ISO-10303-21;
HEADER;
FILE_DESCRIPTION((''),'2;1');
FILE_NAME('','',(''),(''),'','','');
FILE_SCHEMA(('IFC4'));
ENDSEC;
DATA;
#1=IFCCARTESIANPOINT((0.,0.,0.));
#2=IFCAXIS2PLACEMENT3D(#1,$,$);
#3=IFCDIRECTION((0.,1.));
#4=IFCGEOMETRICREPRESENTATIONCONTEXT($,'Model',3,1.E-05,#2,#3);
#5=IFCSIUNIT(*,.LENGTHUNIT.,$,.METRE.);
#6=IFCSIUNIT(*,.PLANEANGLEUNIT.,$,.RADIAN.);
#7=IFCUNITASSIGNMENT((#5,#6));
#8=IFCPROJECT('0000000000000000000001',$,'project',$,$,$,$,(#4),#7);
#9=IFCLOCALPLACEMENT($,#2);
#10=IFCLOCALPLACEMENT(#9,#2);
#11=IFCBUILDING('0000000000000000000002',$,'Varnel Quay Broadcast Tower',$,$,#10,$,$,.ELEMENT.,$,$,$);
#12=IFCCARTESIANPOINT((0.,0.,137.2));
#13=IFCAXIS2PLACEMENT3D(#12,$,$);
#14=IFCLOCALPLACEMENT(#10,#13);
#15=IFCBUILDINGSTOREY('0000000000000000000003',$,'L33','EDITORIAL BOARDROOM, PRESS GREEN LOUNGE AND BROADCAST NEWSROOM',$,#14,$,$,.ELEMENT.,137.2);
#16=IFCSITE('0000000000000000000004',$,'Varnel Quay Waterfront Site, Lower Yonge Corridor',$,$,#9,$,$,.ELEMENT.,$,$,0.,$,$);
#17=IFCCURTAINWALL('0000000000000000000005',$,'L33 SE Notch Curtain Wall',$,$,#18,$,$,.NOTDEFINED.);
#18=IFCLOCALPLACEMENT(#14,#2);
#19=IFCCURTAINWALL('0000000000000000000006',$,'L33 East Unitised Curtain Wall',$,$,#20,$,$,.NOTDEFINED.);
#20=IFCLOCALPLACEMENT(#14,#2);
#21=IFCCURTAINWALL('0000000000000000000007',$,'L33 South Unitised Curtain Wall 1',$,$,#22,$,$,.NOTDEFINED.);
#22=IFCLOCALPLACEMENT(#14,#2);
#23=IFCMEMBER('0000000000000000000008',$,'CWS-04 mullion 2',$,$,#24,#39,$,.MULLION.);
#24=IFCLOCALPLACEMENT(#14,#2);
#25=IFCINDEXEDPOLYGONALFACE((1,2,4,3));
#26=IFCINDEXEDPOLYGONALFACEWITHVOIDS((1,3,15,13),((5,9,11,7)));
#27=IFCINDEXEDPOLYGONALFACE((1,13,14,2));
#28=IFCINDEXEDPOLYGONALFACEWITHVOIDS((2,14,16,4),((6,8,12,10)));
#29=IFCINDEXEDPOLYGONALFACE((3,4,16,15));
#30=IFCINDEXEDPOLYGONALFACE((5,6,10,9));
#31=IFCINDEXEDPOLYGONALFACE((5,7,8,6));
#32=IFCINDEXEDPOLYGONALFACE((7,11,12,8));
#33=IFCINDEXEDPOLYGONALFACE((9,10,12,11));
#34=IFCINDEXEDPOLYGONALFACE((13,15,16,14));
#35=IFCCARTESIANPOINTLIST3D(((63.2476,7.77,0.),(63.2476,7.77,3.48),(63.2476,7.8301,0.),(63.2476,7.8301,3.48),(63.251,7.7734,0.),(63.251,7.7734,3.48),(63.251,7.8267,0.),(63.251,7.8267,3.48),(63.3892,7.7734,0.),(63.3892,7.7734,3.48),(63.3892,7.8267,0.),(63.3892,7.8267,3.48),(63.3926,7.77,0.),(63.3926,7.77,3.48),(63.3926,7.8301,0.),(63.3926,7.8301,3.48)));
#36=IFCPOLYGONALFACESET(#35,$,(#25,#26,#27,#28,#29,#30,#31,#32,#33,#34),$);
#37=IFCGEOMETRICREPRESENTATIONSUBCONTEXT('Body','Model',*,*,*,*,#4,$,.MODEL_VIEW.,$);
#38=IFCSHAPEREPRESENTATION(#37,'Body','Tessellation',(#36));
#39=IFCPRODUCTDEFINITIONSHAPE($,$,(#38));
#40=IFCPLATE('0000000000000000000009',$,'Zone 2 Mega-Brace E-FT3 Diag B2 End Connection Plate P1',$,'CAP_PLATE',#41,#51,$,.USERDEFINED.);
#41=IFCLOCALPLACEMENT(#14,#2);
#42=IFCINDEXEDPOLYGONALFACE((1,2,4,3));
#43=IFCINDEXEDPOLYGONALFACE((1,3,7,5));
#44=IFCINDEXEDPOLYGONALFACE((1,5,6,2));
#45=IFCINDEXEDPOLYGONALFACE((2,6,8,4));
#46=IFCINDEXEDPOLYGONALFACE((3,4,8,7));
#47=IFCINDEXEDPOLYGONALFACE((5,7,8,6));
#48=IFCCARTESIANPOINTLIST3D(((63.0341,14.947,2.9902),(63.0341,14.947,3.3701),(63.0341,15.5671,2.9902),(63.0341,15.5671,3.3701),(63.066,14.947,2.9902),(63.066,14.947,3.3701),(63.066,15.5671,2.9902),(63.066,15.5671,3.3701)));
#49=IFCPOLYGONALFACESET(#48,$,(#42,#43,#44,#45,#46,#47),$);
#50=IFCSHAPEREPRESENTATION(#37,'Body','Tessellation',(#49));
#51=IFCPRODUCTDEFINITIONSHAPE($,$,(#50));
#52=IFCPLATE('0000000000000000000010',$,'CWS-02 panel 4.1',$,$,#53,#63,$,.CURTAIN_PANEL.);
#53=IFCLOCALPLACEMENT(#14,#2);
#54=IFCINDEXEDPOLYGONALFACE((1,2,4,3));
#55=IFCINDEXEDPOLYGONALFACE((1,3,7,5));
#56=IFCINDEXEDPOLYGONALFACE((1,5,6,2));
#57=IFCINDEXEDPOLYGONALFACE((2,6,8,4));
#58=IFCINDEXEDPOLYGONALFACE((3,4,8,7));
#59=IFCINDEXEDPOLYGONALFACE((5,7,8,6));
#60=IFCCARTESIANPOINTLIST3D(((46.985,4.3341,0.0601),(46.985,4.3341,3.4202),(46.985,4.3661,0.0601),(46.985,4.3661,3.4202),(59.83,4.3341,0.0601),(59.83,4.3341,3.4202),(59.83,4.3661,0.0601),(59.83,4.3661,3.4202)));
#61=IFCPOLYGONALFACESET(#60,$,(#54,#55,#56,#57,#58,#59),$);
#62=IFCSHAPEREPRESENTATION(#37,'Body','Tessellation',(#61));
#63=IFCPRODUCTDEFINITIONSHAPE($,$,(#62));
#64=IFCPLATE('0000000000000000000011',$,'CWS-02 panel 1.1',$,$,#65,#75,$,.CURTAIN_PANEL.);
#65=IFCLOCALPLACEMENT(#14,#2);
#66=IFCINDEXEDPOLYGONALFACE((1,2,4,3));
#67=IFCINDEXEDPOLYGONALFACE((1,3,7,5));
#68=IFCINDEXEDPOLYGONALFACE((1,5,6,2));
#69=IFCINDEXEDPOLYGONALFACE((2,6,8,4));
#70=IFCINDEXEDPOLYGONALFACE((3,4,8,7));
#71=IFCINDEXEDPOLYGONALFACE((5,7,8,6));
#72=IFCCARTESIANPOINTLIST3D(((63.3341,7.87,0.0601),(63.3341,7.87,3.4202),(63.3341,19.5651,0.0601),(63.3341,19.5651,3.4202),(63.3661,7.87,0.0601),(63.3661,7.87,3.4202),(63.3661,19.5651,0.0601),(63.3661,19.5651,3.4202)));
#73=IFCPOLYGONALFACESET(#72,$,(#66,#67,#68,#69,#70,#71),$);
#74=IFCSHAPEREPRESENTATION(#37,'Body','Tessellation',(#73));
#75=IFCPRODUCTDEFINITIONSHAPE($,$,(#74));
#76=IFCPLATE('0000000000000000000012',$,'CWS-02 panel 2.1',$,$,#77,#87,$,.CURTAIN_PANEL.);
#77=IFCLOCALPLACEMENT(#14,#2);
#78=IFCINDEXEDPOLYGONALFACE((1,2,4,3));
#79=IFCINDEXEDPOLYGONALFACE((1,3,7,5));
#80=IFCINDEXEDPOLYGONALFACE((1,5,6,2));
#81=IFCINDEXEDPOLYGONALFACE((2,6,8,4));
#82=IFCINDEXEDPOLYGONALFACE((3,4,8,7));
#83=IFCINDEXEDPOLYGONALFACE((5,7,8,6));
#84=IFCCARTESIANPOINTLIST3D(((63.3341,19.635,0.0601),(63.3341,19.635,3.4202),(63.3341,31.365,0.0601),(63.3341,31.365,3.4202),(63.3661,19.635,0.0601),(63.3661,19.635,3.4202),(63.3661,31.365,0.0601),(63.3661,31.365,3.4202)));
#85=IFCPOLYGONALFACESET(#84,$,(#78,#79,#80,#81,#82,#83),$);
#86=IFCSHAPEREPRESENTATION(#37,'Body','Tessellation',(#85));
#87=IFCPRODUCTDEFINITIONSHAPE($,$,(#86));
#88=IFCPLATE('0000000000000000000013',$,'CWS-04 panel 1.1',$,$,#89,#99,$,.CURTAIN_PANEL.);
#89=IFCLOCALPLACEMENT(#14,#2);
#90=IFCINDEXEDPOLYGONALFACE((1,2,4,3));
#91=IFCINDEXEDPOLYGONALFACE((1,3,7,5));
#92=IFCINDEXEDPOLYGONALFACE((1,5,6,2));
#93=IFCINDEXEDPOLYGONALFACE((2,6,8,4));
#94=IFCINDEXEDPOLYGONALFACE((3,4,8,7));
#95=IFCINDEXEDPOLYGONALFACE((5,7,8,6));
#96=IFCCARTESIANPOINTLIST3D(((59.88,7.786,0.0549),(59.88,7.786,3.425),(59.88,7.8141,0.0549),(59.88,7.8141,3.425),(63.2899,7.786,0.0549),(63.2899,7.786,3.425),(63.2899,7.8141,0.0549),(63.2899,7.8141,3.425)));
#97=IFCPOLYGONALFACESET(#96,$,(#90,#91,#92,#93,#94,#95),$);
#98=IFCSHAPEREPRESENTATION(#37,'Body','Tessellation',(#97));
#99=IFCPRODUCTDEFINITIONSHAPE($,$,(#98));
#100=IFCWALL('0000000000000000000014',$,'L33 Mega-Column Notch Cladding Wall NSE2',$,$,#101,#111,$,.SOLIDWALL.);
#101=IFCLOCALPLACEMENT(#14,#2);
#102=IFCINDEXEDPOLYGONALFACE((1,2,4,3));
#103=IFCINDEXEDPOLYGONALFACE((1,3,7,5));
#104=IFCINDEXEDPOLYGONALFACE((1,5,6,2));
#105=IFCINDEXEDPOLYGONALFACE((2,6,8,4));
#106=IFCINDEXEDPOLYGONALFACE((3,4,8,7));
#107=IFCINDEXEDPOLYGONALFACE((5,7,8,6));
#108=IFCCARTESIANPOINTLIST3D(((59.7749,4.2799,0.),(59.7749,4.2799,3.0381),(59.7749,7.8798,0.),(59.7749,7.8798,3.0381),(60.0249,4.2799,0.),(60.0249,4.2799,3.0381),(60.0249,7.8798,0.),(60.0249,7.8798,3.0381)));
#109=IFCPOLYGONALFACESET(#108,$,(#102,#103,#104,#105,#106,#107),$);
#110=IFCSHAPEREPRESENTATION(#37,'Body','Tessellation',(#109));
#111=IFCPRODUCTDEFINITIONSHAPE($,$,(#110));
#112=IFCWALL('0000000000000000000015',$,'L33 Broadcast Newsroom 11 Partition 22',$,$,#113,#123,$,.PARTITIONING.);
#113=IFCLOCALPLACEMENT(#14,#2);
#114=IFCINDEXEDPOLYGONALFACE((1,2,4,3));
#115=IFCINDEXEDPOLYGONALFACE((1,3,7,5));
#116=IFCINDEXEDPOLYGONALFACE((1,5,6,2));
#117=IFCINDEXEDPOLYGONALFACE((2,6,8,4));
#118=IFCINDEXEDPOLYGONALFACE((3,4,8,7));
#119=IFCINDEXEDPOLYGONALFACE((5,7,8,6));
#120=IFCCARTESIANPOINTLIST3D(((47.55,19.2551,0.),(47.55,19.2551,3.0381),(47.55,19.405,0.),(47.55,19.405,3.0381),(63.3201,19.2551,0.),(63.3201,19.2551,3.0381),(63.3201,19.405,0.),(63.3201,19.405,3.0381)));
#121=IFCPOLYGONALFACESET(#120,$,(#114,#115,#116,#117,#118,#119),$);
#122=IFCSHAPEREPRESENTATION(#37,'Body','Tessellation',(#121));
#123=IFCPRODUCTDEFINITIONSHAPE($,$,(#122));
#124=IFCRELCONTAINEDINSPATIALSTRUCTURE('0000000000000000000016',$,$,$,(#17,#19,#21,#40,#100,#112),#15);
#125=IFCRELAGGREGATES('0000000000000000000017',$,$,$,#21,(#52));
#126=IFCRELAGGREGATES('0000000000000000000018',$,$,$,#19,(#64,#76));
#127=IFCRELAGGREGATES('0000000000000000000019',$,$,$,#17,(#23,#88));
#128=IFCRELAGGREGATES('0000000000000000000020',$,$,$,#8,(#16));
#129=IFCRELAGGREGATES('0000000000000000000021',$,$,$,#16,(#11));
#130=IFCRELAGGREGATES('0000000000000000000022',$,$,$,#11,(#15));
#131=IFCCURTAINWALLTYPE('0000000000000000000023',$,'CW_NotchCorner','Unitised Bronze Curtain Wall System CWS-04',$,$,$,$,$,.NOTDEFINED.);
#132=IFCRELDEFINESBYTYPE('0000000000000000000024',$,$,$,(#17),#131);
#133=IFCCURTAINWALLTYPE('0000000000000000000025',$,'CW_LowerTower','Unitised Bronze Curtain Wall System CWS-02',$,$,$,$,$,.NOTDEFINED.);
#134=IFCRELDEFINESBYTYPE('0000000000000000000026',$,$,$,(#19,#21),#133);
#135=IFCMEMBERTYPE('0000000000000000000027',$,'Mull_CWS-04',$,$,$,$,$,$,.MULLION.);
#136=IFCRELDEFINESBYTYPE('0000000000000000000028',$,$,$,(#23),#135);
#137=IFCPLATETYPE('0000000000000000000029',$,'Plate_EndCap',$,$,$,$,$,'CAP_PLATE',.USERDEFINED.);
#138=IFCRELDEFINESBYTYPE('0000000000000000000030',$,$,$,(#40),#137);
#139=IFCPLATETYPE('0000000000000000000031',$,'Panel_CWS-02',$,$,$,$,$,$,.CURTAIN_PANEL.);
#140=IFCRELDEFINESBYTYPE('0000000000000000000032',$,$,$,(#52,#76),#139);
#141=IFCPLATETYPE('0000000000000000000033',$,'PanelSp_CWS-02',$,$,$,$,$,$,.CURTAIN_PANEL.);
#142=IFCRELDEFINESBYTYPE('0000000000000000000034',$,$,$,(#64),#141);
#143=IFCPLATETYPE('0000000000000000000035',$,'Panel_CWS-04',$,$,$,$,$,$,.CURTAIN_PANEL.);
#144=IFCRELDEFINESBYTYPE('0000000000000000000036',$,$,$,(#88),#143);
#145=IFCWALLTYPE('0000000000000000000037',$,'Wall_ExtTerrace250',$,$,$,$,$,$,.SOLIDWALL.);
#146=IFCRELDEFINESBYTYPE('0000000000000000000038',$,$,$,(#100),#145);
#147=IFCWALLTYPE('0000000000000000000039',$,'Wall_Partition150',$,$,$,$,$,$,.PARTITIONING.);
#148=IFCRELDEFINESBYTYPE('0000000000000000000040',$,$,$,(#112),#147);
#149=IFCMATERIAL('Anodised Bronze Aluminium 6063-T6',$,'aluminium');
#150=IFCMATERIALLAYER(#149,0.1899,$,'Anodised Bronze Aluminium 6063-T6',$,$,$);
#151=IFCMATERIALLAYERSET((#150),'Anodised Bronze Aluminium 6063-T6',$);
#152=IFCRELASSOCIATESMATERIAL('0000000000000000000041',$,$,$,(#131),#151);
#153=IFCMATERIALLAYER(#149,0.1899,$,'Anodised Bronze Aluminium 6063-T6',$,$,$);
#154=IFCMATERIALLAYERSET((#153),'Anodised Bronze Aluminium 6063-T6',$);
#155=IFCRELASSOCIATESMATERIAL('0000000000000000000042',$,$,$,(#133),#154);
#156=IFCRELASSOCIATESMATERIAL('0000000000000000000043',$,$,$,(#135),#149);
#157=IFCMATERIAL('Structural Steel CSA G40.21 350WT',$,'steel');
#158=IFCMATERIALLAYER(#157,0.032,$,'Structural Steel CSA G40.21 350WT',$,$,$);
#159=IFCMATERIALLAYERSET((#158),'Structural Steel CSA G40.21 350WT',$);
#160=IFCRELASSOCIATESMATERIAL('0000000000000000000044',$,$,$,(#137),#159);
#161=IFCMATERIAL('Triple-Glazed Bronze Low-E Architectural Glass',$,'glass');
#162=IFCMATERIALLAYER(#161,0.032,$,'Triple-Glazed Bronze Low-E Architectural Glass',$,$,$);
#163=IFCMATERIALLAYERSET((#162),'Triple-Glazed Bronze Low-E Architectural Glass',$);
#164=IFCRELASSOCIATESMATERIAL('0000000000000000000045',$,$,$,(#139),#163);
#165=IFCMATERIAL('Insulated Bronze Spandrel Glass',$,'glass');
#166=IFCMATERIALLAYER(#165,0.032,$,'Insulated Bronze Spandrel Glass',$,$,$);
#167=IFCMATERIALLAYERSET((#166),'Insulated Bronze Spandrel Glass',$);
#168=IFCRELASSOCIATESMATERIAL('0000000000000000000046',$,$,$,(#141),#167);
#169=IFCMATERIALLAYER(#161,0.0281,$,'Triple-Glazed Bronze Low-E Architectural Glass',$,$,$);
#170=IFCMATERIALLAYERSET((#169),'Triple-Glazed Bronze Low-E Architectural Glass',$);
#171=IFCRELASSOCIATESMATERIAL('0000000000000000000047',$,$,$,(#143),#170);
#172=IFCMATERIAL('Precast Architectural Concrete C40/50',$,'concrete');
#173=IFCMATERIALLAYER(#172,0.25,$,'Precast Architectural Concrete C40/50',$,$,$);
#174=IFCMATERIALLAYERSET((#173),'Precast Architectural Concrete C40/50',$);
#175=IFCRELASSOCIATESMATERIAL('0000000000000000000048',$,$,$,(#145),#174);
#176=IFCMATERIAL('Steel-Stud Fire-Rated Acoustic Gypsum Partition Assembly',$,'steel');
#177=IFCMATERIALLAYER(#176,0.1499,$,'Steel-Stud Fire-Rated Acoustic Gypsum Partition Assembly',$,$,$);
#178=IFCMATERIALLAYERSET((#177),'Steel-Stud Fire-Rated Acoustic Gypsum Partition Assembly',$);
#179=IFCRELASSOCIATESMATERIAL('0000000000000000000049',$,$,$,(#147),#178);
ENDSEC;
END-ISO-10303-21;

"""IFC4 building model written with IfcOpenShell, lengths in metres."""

from ifc_helpers import new_model, si_unit, direction, frame, frame_2d, origin, origin_2d, place, context, subcontext, project, spatial, rectangle, hollow_rectangle, extrude, source, transform, mapped, material, layer, layer_set, material_profile, profile_set, type_object, type_shapes, element, aggregate, save


model = new_model("IFC4")

# Units and contexts
model_context = context("Model", 3, precision=1e-05, world=origin(), true_north=direction((0.0, 1.0)))
body_context = subcontext(model_context, "Body", "Model", "MODEL_VIEW")
ifc_project = project(units=[si_unit("LENGTHUNIT", "METRE"), si_unit("PLANEANGLEUNIT", "RADIAN")], contexts=[model_context])

# Site, building, storey
site_placement = place(None, origin())
site = spatial("IfcSite", under=ifc_project, at=site_placement, Name="Varnel Quay Waterfront Site, Lower Yonge Corridor", CompositionType="ELEMENT", RefElevation=0.0)
building_placement = place(site_placement, origin())
building = spatial("IfcBuilding", under=site, at=building_placement, Name="Varnel Quay Broadcast Tower", CompositionType="ELEMENT")
storey_placement = place(building_placement, frame((0.0, 0.0, 137.2)))
storey = spatial("IfcBuildingStorey", under=building, at=storey_placement, Name="L33", Description="EDITORIAL BOARDROOM, PRESS GREEN LOUNGE AND BROADCAST NEWSROOM", CompositionType="ELEMENT", Elevation=137.2)

# Shared definitions
ifc_material_1 = material(Name="Structural Steel CSA G40.21 350WT", Category="steel")

# Curtain walls
ifc_material_2 = material(Name="Anodised Bronze Aluminium 6063-T6", Category="aluminium")
ifc_layer_1 = layer(ifc_material_2, 0.1899, Name="Anodised Bronze Aluminium 6063-T6")
ifc_layer_set_1 = layer_set([ifc_layer_1], Name="Anodised Bronze Aluminium 6063-T6")
curtain_wall_type_1 = type_object("IfcCurtainWallType", Name="CW_NotchCorner", Description="Unitised Bronze Curtain Wall System CWS-04", PredefinedType="NOTDEFINED", material=ifc_layer_set_1)
curtain_wall_1_placement = place(storey_placement, origin())
curtain_wall_1 = element("IfcCurtainWall", 1, at=curtain_wall_1_placement, inside=storey, type_object=curtain_wall_type_1, Name="L33 SE Notch Curtain Wall", PredefinedType="NOTDEFINED")
ifc_layer_2 = layer(ifc_material_2, 0.1899, Name="Anodised Bronze Aluminium 6063-T6")
ifc_layer_set_2 = layer_set([ifc_layer_2], Name="Anodised Bronze Aluminium 6063-T6")
curtain_wall_type_2 = type_object("IfcCurtainWallType", Name="CW_LowerTower", Description="Unitised Bronze Curtain Wall System CWS-02", PredefinedType="NOTDEFINED", material=ifc_layer_set_2)
curtain_wall_2_placement = place(storey_placement, origin())
curtain_wall_2 = element("IfcCurtainWall", 2, at=curtain_wall_2_placement, inside=storey, type_object=curtain_wall_type_2, Name="L33 East Unitised Curtain Wall", PredefinedType="NOTDEFINED")

# Curtain wall
curtain_wall_3_placement = place(storey_placement, origin())
curtain_wall_3 = element("IfcCurtainWall", 3, at=curtain_wall_3_placement, inside=storey, type_object=curtain_wall_type_2, Name="L33 South Unitised Curtain Wall 1", PredefinedType="NOTDEFINED")

# Member
ifc_material_profile_1 = material_profile(ifc_material_2, hollow_rectangle(XDim=0.0601, YDim=0.145, WallThickness=0.0034, at=origin_2d()), Name="ALU60X145X3.5")
ifc_profile_set_1 = profile_set([ifc_material_profile_1], Name="Anodised Bronze Aluminium 6063-T6")
member_type_1 = type_object("IfcMemberType", Name="Mull_CWS-04", PredefinedType="MULLION", material=ifc_profile_set_1)
shared_shape_1 = source(origin(), body_context, "Body", "SweptSolid", [
    extrude(hollow_rectangle(XDim=0.0601, YDim=0.145, WallThickness=0.0034, at=origin_2d()), origin(), (0.0, 0.0, 1.0), 3.48),
])
type_shapes(member_type_1, [shared_shape_1])
member_1_placement = place(storey_placement, frame((63.3201, 7.8, 0.0), z_axis=(0.0, 0.0, 1.0), x_axis=(0.0, 1.0, 0.0)))
member_1 = element("IfcMember", 4, at=member_1_placement, type_object=member_type_1, Name="CWS-04 mullion 2", PredefinedType="MULLION", context=body_context, shape_type="MappedRepresentation", body=[
    mapped(shared_shape_1, transform((0.0, 0.0, 0.0), x_axis=(1.0, 0.0, 0.0), y_axis=(0.0, 1.0, 0.0), z_axis=(0.0, 0.0, 1.0), scale=1.0)),
])

# Plates
ifc_layer_3 = layer(ifc_material_1, 0.032, Name="Structural Steel CSA G40.21 350WT")
ifc_layer_set_3 = layer_set([ifc_layer_3], Name="Structural Steel CSA G40.21 350WT")
plate_type_1 = type_object("IfcPlateType", Name="Plate_EndCap", ElementType="CAP_PLATE", PredefinedType="USERDEFINED", material=ifc_layer_set_3)
shared_shape_2 = source(origin(), body_context, "Body", "SweptSolid", [
    extrude(rectangle(XDim=0.6201, YDim=0.032, at=origin_2d()), origin(), (0.0, 0.0, 1.0), 0.3799),
])
type_shapes(plate_type_1, [shared_shape_2])
plate_1_placement = place(storey_placement, frame((63.05, 15.2571, 2.9902), z_axis=(0.0, 0.0, 1.0), x_axis=(0.0, 1.0, 0.0)))
element("IfcPlate", 5, at=plate_1_placement, inside=storey, type_object=plate_type_1, Name="Zone 2 Mega-Brace E-FT3 Diag B2 End Connection Plate P1", ObjectType="CAP_PLATE", PredefinedType="USERDEFINED", context=body_context, shape_type="MappedRepresentation", body=[
    mapped(shared_shape_2, transform((0.0, 0.0, 0.0), x_axis=(1.0, 0.0, 0.0), y_axis=(0.0, 1.0, 0.0), z_axis=(0.0, 0.0, 1.0), scale=1.0)),
])
ifc_material_3 = material(Name="Triple-Glazed Bronze Low-E Architectural Glass", Category="glass")
ifc_layer_4 = layer(ifc_material_3, 0.032, Name="Triple-Glazed Bronze Low-E Architectural Glass")
ifc_layer_set_4 = layer_set([ifc_layer_4], Name="Triple-Glazed Bronze Low-E Architectural Glass")
plate_type_2 = type_object("IfcPlateType", Name="Panel_CWS-02", PredefinedType="CURTAIN_PANEL", material=ifc_layer_set_4)
shared_shape_3 = source(origin(), body_context, "Body", "SweptSolid", [
    extrude(rectangle(XDim=12.845, YDim=0.032, at=origin_2d()), origin(), (0.0, 0.0, 1.0), 3.3601),
])
plate_2_placement = place(storey_placement, frame((53.4075, 4.3501, 0.0601), z_axis=(0.0, 0.0, 1.0), x_axis=(1.0, 0.0, 0.0)))
plate_2 = element("IfcPlate", 6, at=plate_2_placement, type_object=plate_type_2, Name="CWS-02 panel 4.1", PredefinedType="CURTAIN_PANEL", context=body_context, shape_type="MappedRepresentation", body=[
    mapped(shared_shape_3, transform((0.0, 0.0, 0.0), x_axis=(1.0, 0.0, 0.0), y_axis=(0.0, 1.0, 0.0), z_axis=(0.0, 0.0, 1.0), scale=1.0)),
])
aggregate(curtain_wall_3, [plate_2])
ifc_material_4 = material(Name="Insulated Bronze Spandrel Glass", Category="glass")
ifc_layer_5 = layer(ifc_material_4, 0.032, Name="Insulated Bronze Spandrel Glass")
ifc_layer_set_5 = layer_set([ifc_layer_5], Name="Insulated Bronze Spandrel Glass")
plate_type_3 = type_object("IfcPlateType", Name="PanelSp_CWS-02", PredefinedType="CURTAIN_PANEL", material=ifc_layer_set_5)
shared_shape_4 = source(origin(), body_context, "Body", "SweptSolid", [
    extrude(rectangle(XDim=11.6951, YDim=0.032, at=origin_2d()), origin(), (0.0, 0.0, 1.0), 3.3601),
])
type_shapes(plate_type_3, [shared_shape_4])
plate_3_placement = place(storey_placement, frame((63.3501, 13.7175, 0.0601), z_axis=(0.0, 0.0, 1.0), x_axis=(0.0, 1.0, 0.0)))
plate_3 = element("IfcPlate", 7, at=plate_3_placement, type_object=plate_type_3, Name="CWS-02 panel 1.1", PredefinedType="CURTAIN_PANEL", context=body_context, shape_type="MappedRepresentation", body=[
    mapped(shared_shape_4, transform((0.0, 0.0, 0.0), x_axis=(1.0, 0.0, 0.0), y_axis=(0.0, 1.0, 0.0), z_axis=(0.0, 0.0, 1.0), scale=1.0)),
])
shared_shape_5 = source(origin(), body_context, "Body", "SweptSolid", [
    extrude(rectangle(XDim=11.73, YDim=0.032, at=origin_2d()), origin(), (0.0, 0.0, 1.0), 3.3601),
])
type_shapes(plate_type_2, [shared_shape_3, shared_shape_5])
plate_4_placement = place(storey_placement, frame((63.3501, 25.5, 0.0601), z_axis=(0.0, 0.0, 1.0), x_axis=(0.0, 1.0, 0.0)))
plate_4 = element("IfcPlate", 8, at=plate_4_placement, type_object=plate_type_2, Name="CWS-02 panel 2.1", PredefinedType="CURTAIN_PANEL", context=body_context, shape_type="MappedRepresentation", body=[
    mapped(shared_shape_5, transform((0.0, 0.0, 0.0), x_axis=(1.0, 0.0, 0.0), y_axis=(0.0, 1.0, 0.0), z_axis=(0.0, 0.0, 1.0), scale=1.0)),
])
aggregate(curtain_wall_2, [plate_3, plate_4])
ifc_layer_6 = layer(ifc_material_3, 0.0281, Name="Triple-Glazed Bronze Low-E Architectural Glass")
ifc_layer_set_6 = layer_set([ifc_layer_6], Name="Triple-Glazed Bronze Low-E Architectural Glass")
plate_type_4 = type_object("IfcPlateType", Name="Panel_CWS-04", PredefinedType="CURTAIN_PANEL", material=ifc_layer_set_6)
shared_shape_6 = source(origin(), body_context, "Body", "SweptSolid", [
    extrude(rectangle(XDim=3.4099, YDim=0.0281, at=origin_2d()), origin(), (0.0, 0.0, 1.0), 3.3701),
])
type_shapes(plate_type_4, [shared_shape_6])
plate_5_placement = place(storey_placement, frame((61.585, 7.8, 0.0549), z_axis=(0.0, 0.0, 1.0), x_axis=(1.0, 0.0, 0.0)))
plate_5 = element("IfcPlate", 9, at=plate_5_placement, type_object=plate_type_4, Name="CWS-04 panel 1.1", PredefinedType="CURTAIN_PANEL", context=body_context, shape_type="MappedRepresentation", body=[
    mapped(shared_shape_6, transform((0.0, 0.0, 0.0), x_axis=(1.0, 0.0, 0.0), y_axis=(0.0, 1.0, 0.0), z_axis=(0.0, 0.0, 1.0), scale=1.0)),
])
aggregate(curtain_wall_1, [member_1, plate_5])

# Walls
ifc_material_5 = material(Name="Precast Architectural Concrete C40/50", Category="concrete")
ifc_layer_7 = layer(ifc_material_5, 0.25, Name="Precast Architectural Concrete C40/50")
ifc_layer_set_7 = layer_set([ifc_layer_7], Name="Precast Architectural Concrete C40/50")
wall_type_1 = type_object("IfcWallType", Name="Wall_ExtTerrace250", PredefinedType="SOLIDWALL", material=ifc_layer_set_7)
wall_1_placement = place(storey_placement, frame((59.8999, 4.28, 0.0), z_axis=(0.0, 0.0, 1.0), x_axis=(0.0, 1.0, 0.0)))
element("IfcWall", 10, at=wall_1_placement, inside=storey, type_object=wall_type_1, Name="L33 Mega-Column Notch Cladding Wall NSE2", PredefinedType="SOLIDWALL", context=body_context, shape_type="SweptSolid", body=[
    extrude(rectangle(XDim=3.5999, YDim=0.25, at=frame_2d((1.7998, 0.0))), origin(), (0.0, 0.0, 1.0), 3.0381),
])
ifc_material_6 = material(Name="Steel-Stud Fire-Rated Acoustic Gypsum Partition Assembly", Category="steel")
ifc_layer_8 = layer(ifc_material_6, 0.1499, Name="Steel-Stud Fire-Rated Acoustic Gypsum Partition Assembly")
ifc_layer_set_8 = layer_set([ifc_layer_8], Name="Steel-Stud Fire-Rated Acoustic Gypsum Partition Assembly")
wall_type_2 = type_object("IfcWallType", Name="Wall_Partition150", PredefinedType="PARTITIONING", material=ifc_layer_set_8)
wall_2_placement = place(storey_placement, frame((47.55, 19.3301, 0.0), z_axis=(0.0, 0.0, 1.0), x_axis=(1.0, 0.0, 0.0)))
element("IfcWall", 11, at=wall_2_placement, inside=storey, type_object=wall_type_2, Name="L33 Broadcast Newsroom 11 Partition 22", PredefinedType="PARTITIONING", context=body_context, shape_type="SweptSolid", body=[
    extrude(rectangle(XDim=15.77, YDim=0.1499, at=frame_2d((7.885, 0.0))), origin(), (0.0, 0.0, 1.0), 3.0381),
])

save(model, "model.ifc")
